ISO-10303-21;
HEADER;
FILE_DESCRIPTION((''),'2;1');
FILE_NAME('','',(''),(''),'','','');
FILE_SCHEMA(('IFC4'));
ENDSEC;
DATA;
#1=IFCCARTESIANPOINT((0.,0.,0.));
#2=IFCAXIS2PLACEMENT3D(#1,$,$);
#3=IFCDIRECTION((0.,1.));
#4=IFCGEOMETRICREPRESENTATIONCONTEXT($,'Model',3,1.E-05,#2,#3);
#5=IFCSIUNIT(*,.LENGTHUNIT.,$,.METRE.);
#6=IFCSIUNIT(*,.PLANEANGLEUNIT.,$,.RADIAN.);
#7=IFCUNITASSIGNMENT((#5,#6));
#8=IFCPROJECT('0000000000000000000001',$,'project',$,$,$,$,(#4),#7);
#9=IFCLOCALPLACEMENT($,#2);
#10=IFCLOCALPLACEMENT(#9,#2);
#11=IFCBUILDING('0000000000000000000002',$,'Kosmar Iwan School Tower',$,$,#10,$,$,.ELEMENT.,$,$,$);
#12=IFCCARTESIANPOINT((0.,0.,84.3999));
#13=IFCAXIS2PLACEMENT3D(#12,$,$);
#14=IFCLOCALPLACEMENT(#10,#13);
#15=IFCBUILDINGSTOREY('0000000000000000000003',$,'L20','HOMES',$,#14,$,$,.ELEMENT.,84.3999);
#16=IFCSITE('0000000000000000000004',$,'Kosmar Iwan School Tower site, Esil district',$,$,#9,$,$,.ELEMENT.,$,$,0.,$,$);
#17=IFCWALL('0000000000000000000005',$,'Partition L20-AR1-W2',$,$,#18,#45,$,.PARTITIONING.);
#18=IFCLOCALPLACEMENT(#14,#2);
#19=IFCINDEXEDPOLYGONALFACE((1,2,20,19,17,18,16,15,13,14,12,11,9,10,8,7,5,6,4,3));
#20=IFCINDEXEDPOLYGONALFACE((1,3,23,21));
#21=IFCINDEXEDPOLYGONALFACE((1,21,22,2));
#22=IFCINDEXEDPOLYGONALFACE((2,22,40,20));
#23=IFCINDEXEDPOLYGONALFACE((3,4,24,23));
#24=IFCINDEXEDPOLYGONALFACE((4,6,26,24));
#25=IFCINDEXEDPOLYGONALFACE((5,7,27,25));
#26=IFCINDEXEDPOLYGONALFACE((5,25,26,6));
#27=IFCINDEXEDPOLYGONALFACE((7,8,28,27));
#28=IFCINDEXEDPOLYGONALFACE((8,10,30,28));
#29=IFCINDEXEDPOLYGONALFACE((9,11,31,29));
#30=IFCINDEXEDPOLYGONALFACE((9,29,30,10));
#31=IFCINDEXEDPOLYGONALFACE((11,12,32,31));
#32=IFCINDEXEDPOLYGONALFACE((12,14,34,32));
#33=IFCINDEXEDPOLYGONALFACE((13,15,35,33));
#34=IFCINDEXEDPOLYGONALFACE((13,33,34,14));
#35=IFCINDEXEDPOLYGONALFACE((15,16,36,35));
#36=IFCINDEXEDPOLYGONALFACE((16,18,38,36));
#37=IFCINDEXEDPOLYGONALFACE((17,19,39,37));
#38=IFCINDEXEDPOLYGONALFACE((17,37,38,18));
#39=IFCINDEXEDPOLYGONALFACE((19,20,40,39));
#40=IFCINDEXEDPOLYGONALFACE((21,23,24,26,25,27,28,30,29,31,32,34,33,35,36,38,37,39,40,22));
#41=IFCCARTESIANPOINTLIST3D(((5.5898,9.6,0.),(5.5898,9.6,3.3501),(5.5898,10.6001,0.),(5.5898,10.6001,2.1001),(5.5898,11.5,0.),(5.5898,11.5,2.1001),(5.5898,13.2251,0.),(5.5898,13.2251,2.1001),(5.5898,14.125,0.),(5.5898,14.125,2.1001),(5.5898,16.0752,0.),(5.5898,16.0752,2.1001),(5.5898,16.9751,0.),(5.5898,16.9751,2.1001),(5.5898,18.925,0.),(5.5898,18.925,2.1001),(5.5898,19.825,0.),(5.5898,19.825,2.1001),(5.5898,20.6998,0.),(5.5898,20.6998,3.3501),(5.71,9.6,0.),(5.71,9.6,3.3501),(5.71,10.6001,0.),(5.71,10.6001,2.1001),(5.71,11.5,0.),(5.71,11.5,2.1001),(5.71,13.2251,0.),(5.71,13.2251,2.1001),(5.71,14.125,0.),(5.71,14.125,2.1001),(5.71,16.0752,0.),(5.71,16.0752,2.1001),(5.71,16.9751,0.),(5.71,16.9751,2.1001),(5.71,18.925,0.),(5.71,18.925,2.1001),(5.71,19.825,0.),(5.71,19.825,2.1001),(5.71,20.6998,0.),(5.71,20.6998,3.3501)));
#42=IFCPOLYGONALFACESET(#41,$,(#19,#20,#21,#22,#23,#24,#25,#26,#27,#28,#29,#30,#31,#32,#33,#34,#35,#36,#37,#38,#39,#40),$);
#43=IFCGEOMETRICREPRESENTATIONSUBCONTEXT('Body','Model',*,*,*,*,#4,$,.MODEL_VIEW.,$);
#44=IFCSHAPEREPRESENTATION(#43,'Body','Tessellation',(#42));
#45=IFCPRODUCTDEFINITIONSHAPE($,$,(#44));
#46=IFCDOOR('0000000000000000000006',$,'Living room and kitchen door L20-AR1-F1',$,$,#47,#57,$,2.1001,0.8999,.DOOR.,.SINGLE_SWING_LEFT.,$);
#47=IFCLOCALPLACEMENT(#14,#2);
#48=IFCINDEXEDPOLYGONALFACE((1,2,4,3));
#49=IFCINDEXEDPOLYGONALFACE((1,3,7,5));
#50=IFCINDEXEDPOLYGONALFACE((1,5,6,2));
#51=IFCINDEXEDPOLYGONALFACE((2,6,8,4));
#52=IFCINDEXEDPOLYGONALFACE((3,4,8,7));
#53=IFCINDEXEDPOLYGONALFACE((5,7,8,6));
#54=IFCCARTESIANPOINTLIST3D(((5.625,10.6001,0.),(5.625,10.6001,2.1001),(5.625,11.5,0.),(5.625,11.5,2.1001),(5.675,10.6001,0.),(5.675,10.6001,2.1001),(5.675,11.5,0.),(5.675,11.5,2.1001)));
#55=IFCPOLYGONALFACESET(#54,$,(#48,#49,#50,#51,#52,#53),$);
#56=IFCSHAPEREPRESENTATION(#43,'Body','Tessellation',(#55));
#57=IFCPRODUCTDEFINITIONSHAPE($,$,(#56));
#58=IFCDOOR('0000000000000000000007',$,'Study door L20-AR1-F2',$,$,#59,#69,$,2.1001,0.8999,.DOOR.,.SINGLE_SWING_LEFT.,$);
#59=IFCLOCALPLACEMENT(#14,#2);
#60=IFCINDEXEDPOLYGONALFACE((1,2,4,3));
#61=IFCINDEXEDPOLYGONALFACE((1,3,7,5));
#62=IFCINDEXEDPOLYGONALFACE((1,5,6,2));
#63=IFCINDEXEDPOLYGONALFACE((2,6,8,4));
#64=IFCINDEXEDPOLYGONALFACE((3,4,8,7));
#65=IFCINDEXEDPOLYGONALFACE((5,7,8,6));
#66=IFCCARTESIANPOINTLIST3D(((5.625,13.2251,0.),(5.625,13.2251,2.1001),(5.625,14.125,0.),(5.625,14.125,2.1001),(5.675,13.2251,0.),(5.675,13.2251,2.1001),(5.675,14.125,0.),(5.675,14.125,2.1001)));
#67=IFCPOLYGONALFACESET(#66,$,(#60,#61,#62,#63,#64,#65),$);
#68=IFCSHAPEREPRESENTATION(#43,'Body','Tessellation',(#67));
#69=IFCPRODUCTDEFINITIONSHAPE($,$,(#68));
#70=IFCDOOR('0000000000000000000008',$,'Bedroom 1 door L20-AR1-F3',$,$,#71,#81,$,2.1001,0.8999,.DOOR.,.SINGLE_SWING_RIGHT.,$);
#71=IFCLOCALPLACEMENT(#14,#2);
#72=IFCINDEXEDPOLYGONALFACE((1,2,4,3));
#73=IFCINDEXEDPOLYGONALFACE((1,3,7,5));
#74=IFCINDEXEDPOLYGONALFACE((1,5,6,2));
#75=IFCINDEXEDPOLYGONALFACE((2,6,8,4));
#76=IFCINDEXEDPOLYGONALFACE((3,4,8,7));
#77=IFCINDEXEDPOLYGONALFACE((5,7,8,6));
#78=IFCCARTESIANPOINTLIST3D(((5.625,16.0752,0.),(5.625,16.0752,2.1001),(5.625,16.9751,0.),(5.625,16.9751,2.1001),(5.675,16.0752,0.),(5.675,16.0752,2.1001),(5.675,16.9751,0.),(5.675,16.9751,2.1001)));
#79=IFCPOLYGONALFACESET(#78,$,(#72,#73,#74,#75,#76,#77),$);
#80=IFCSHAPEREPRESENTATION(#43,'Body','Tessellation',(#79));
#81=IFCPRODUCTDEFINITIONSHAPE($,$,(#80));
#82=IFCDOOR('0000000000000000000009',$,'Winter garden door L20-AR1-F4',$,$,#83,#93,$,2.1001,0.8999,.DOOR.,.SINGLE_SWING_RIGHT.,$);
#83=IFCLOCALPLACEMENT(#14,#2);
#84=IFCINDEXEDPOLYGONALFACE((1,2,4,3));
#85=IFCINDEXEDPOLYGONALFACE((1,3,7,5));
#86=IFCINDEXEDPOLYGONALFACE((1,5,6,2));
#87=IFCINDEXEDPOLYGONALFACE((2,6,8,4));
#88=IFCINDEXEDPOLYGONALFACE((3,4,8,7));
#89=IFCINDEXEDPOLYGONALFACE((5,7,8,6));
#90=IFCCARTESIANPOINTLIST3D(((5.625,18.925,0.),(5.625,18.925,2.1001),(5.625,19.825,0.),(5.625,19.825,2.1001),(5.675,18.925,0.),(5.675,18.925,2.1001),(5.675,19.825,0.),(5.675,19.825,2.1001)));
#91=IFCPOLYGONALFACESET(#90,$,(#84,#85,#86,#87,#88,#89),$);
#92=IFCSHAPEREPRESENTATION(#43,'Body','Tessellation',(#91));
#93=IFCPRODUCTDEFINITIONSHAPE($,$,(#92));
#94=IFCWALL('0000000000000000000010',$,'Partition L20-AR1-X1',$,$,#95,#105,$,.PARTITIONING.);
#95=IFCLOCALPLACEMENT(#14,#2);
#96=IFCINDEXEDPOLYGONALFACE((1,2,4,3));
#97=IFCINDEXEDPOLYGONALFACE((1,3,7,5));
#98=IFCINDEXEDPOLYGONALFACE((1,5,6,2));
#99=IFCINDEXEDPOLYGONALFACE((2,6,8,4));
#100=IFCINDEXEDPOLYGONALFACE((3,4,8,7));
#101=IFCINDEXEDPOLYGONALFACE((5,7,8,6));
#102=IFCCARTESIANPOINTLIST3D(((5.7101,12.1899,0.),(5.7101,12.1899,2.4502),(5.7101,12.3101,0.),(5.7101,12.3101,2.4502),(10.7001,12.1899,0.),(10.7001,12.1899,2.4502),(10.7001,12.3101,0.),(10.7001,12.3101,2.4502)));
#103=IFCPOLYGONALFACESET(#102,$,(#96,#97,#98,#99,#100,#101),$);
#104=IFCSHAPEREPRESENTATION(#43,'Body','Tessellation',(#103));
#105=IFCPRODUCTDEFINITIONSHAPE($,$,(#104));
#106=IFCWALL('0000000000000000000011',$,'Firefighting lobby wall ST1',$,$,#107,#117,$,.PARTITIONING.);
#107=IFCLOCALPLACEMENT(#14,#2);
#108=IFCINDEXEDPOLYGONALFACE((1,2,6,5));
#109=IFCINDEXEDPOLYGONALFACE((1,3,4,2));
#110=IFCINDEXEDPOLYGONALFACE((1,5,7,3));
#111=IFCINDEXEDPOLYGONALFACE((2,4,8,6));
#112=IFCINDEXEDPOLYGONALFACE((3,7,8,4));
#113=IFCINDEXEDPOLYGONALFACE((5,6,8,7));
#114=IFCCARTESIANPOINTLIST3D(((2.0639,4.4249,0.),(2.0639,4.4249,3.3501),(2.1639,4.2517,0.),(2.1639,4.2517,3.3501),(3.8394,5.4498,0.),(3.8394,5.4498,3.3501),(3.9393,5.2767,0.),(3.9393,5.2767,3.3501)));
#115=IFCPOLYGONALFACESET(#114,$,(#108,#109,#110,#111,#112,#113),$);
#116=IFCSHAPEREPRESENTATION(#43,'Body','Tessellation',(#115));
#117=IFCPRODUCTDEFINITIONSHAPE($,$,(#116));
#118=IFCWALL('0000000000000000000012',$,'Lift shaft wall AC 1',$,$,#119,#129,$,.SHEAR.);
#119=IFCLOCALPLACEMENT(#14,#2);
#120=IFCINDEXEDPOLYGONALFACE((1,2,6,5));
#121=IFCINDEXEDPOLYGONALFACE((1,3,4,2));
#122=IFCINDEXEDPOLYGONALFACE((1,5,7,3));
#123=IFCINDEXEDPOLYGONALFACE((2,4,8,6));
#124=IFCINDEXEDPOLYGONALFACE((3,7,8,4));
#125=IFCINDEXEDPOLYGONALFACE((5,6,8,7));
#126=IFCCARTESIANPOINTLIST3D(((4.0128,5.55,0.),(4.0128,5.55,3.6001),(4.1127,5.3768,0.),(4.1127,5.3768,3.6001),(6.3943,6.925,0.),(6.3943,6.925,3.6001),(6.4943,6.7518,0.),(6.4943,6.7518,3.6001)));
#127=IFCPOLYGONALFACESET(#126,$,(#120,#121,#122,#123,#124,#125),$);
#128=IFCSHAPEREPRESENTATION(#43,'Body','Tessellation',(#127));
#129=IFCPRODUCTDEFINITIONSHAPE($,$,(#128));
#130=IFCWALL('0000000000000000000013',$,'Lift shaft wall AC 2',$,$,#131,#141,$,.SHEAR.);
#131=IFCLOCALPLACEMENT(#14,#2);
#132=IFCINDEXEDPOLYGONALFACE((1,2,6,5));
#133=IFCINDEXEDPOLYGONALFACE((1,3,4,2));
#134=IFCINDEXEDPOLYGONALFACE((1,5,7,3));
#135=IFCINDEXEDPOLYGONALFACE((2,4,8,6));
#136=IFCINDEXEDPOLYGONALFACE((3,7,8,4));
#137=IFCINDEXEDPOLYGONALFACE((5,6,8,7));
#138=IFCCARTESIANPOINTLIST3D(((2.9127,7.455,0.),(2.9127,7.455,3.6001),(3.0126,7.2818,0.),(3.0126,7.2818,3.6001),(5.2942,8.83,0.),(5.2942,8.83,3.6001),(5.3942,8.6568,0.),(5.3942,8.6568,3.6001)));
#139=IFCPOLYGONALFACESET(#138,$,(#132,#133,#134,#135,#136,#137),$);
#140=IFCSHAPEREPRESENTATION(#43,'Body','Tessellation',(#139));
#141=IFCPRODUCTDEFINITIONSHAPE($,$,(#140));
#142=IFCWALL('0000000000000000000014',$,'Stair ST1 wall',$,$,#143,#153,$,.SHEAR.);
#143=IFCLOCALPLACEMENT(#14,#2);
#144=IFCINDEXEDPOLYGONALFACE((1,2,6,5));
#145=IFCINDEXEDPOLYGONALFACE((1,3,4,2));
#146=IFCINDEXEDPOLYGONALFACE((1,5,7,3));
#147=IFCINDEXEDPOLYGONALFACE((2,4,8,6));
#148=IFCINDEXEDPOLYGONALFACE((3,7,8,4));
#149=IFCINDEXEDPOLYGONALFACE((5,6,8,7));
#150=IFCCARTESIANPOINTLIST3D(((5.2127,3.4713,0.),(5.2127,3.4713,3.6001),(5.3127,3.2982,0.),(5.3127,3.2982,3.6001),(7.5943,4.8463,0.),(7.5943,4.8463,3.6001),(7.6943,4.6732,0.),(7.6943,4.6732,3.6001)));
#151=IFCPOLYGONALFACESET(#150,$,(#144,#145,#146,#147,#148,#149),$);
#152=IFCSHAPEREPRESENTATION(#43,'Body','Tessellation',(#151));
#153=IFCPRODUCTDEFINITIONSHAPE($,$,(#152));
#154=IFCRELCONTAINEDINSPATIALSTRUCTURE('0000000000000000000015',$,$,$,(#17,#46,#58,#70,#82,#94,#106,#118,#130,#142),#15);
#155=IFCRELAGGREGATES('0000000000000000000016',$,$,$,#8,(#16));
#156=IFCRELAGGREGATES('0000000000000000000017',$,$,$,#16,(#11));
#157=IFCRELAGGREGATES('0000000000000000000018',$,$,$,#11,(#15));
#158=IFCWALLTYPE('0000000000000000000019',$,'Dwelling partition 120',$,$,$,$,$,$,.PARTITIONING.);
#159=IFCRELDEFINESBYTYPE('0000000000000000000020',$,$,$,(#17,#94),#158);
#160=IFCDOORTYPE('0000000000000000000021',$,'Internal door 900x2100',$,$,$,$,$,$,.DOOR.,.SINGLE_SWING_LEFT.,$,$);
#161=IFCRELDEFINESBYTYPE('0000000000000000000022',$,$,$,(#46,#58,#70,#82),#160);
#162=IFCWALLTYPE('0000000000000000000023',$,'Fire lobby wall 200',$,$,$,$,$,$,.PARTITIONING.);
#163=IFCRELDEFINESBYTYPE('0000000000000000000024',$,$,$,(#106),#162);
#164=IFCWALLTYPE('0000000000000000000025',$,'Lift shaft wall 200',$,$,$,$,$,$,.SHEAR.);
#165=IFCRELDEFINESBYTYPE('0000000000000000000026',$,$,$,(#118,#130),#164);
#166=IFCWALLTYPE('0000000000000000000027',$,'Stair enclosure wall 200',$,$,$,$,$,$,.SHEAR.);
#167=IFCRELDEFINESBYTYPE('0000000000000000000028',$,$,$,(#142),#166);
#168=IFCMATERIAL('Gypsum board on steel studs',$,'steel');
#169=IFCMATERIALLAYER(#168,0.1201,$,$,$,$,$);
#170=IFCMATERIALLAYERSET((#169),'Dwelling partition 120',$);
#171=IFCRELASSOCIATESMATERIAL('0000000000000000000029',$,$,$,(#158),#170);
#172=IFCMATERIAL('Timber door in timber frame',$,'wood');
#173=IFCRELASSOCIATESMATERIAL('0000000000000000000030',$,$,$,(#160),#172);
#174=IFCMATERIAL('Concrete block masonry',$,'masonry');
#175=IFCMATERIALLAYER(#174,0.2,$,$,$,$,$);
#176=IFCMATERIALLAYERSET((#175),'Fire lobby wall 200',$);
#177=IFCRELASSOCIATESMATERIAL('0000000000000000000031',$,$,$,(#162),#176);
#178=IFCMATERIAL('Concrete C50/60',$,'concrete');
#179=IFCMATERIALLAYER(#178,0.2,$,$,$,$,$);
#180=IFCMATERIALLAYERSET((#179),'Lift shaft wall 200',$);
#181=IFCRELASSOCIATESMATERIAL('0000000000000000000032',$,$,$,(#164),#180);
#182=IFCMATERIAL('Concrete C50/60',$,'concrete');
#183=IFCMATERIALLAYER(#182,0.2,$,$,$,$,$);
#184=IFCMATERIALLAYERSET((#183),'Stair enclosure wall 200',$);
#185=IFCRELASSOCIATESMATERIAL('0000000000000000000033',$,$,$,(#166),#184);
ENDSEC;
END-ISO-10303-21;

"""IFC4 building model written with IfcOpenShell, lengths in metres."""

from ifc_helpers import new_model, si_unit, direction, frame, frame_2d, origin, place, context, subcontext, project, spatial, rectangle, extrude, material, layer, layer_set, type_object, element, fill, save


model = new_model("IFC4")

# Units and contexts
model_context = context("Model", 3, precision=1e-05, world=origin(), true_north=direction((0.0, 1.0)))
body_context = subcontext(model_context, "Body", "Model", "MODEL_VIEW")
ifc_project = project(units=[si_unit("LENGTHUNIT", "METRE"), si_unit("PLANEANGLEUNIT", "RADIAN")], contexts=[model_context])

# Site, building, storey
site_placement = place(None, origin())
site = spatial("IfcSite", under=ifc_project, at=site_placement, Name="Kosmar Iwan School Tower site, Esil district", CompositionType="ELEMENT", RefElevation=0.0)
building_placement = place(site_placement, origin())
building = spatial("IfcBuilding", under=site, at=building_placement, Name="Kosmar Iwan School Tower", CompositionType="ELEMENT")
storey_placement = place(building_placement, frame((0.0, 0.0, 84.3999)))
storey = spatial("IfcBuildingStorey", under=building, at=storey_placement, Name="L20", Description="HOMES", CompositionType="ELEMENT", Elevation=84.3999)

# Wall, openings, doors
ifc_material_1 = material(Name="Gypsum board on steel studs", Category="steel")
ifc_layer_1 = layer(ifc_material_1, 0.1201)
ifc_layer_set_1 = layer_set([ifc_layer_1], Name="Dwelling partition 120")
wall_type_1 = type_object("IfcWallType", Name="Dwelling partition 120", PredefinedType="PARTITIONING", material=ifc_layer_set_1)
ifc_material_2 = material(Name="Timber door in timber frame", Category="wood")
door_type_1 = type_object("IfcDoorType", Name="Internal door 900x2100", OperationType="SINGLE_SWING_LEFT", PredefinedType="DOOR", material=ifc_material_2)
wall_1_placement = place(storey_placement, frame((5.6499, 9.6001, 0.0), z_axis=(0.0, 0.0, 1.0), x_axis=(0.0, 1.0, 0.0)))
wall_1 = element("IfcWall", 1, at=wall_1_placement, inside=storey, type_object=wall_type_1, Name="Partition L20-AR1-W2", PredefinedType="PARTITIONING", context=body_context, shape_type="SweptSolid", body=[
    extrude(rectangle(XDim=11.0999, YDim=0.1201, at=frame_2d((5.5498, 0.0))), origin(), (0.0, 0.0, 1.0), 3.3501),
])
opening_1_placement = place(wall_1_placement, frame((1.0, 0.0, 0.0)))
opening_1 = element("IfcOpeningElement", 2, at=opening_1_placement, cuts=wall_1, PredefinedType="OPENING", context=body_context, shape_type="SweptSolid", body=[
    extrude(rectangle(XDim=0.8999, YDim=2.1001, at=frame_2d((0.45, 1.05))), frame((0.0, 0.072, 0.0), z_axis=(0.0, -1.0, 0.0), x_axis=(1.0, 0.0, 0.0)), (0.0, 0.0, 1.0), 0.144),
])
opening_2_placement = place(wall_1_placement, frame((3.625, 0.0, 0.0)))
opening_2 = element("IfcOpeningElement", 3, at=opening_2_placement, cuts=wall_1, PredefinedType="OPENING", context=body_context, shape_type="SweptSolid", body=[
    extrude(rectangle(XDim=0.8999, YDim=2.1001, at=frame_2d((0.45, 1.05))), frame((0.0, 0.072, 0.0), z_axis=(0.0, -1.0, 0.0), x_axis=(1.0, 0.0, 0.0)), (0.0, 0.0, 1.0), 0.144),
])
opening_3_placement = place(wall_1_placement, frame((6.4751, 0.0, 0.0)))
opening_3 = element("IfcOpeningElement", 4, at=opening_3_placement, cuts=wall_1, PredefinedType="OPENING", context=body_context, shape_type="SweptSolid", body=[
    extrude(rectangle(XDim=0.8999, YDim=2.1001, at=frame_2d((0.45, 1.05))), frame((0.0, 0.072, 0.0), z_axis=(0.0, -1.0, 0.0), x_axis=(1.0, 0.0, 0.0)), (0.0, 0.0, 1.0), 0.144),
])
opening_4_placement = place(wall_1_placement, frame((9.325, 0.0, 0.0)))
opening_4 = element("IfcOpeningElement", 5, at=opening_4_placement, cuts=wall_1, PredefinedType="OPENING", context=body_context, shape_type="SweptSolid", body=[
    extrude(rectangle(XDim=0.8999, YDim=2.1001, at=frame_2d((0.45, 1.05))), frame((0.0, 0.072, 0.0), z_axis=(0.0, -1.0, 0.0), x_axis=(1.0, 0.0, 0.0)), (0.0, 0.0, 1.0), 0.144),
])
door_1_placement = place(opening_1_placement, origin())
door_1 = element("IfcDoor", 6, at=door_1_placement, inside=storey, type_object=door_type_1, Name="Living room and kitchen door L20-AR1-F1", OperationType="SINGLE_SWING_LEFT", OverallHeight=2.1001, OverallWidth=0.8999, PredefinedType="DOOR", context=body_context, shape_type="SweptSolid", body=[
    extrude(rectangle(XDim=0.8999, YDim=2.1001, at=frame_2d((0.45, 1.05))), frame((0.0, 0.0249, 0.0), z_axis=(0.0, -1.0, 0.0), x_axis=(1.0, 0.0, 0.0)), (0.0, 0.0, 1.0), 0.05),
])
fill(opening_1, door_1)
door_2_placement = place(opening_2_placement, origin())
door_2 = element("IfcDoor", 7, at=door_2_placement, inside=storey, type_object=door_type_1, Name="Study door L20-AR1-F2", OperationType="SINGLE_SWING_LEFT", OverallHeight=2.1001, OverallWidth=0.8999, PredefinedType="DOOR", context=body_context, shape_type="SweptSolid", body=[
    extrude(rectangle(XDim=0.8999, YDim=2.1001, at=frame_2d((0.45, 1.05))), frame((0.0, 0.0249, 0.0), z_axis=(0.0, -1.0, 0.0), x_axis=(1.0, 0.0, 0.0)), (0.0, 0.0, 1.0), 0.05),
])
fill(opening_2, door_2)
door_3_placement = place(opening_3_placement, origin())
door_3 = element("IfcDoor", 8, at=door_3_placement, inside=storey, type_object=door_type_1, Name="Bedroom 1 door L20-AR1-F3", OperationType="SINGLE_SWING_RIGHT", OverallHeight=2.1001, OverallWidth=0.8999, PredefinedType="DOOR", context=body_context, shape_type="SweptSolid", body=[
    extrude(rectangle(XDim=0.8999, YDim=2.1001, at=frame_2d((0.45, 1.05))), frame((0.0, 0.0249, 0.0), z_axis=(0.0, -1.0, 0.0), x_axis=(1.0, 0.0, 0.0)), (0.0, 0.0, 1.0), 0.05),
])
fill(opening_3, door_3)
door_4_placement = place(opening_4_placement, origin())
door_4 = element("IfcDoor", 9, at=door_4_placement, inside=storey, type_object=door_type_1, Name="Winter garden door L20-AR1-F4", OperationType="SINGLE_SWING_RIGHT", OverallHeight=2.1001, OverallWidth=0.8999, PredefinedType="DOOR", context=body_context, shape_type="SweptSolid", body=[
    extrude(rectangle(XDim=0.8999, YDim=2.1001, at=frame_2d((0.45, 1.05))), frame((0.0, 0.0249, 0.0), z_axis=(0.0, -1.0, 0.0), x_axis=(1.0, 0.0, 0.0)), (0.0, 0.0, 1.0), 0.05),
])
fill(opening_4, door_4)

# Walls
wall_2_placement = place(storey_placement, frame((5.71, 12.25, 0.0), z_axis=(0.0, 0.0, 1.0), x_axis=(1.0, 0.0, 0.0)))
element("IfcWall", 10, at=wall_2_placement, inside=storey, type_object=wall_type_1, Name="Partition L20-AR1-X1", PredefinedType="PARTITIONING", context=body_context, shape_type="SweptSolid", body=[
    extrude(rectangle(XDim=4.99, YDim=0.1201, at=frame_2d((2.4951, 0.0))), origin(), (0.0, 0.0, 1.0), 2.4502),
])
ifc_material_3 = material(Name="Concrete block masonry", Category="masonry")
ifc_layer_2 = layer(ifc_material_3, 0.2)
ifc_layer_set_2 = layer_set([ifc_layer_2], Name="Fire lobby wall 200")
wall_type_2 = type_object("IfcWallType", Name="Fire lobby wall 200", PredefinedType="PARTITIONING", material=ifc_layer_set_2)
wall_3_placement = place(storey_placement, frame((2.114, 4.3384, 0.0), z_axis=(0.0, 0.0, 1.0), x_axis=(0.866051, 0.499956, 0.0)))
element("IfcWall", 11, at=wall_3_placement, inside=storey, type_object=wall_type_2, Name="Firefighting lobby wall ST1", PredefinedType="PARTITIONING", context=body_context, shape_type="SweptSolid", body=[
    extrude(rectangle(XDim=2.05, YDim=0.2, at=frame_2d((1.0249, 0.0))), origin(), (0.0, 0.0, 1.0), 3.3501),
])
ifc_material_4 = material(Name="Concrete C50/60", Category="concrete")
ifc_layer_3 = layer(ifc_material_4, 0.2)
ifc_layer_set_3 = layer_set([ifc_layer_3], Name="Lift shaft wall 200")
wall_type_3 = type_object("IfcWallType", Name="Lift shaft wall 200", PredefinedType="SHEAR", material=ifc_layer_set_3)
for number, where, z_axis, x_axis, name in (
    (12, (4.0627, 5.4634, 0.0), (0.0, 0.0, 1.0), (0.866027, 0.499997, 0.0), "Lift shaft wall AC 1"),
    (13, (2.9626, 7.3684, 0.0), (0.0, 0.0, 1.0), (0.866027, 0.499997, 0.0), "Lift shaft wall AC 2"),
):
    element("IfcWall", number, at=place(storey_placement, frame(where, z_axis=z_axis, x_axis=x_axis)), inside=storey, type_object=wall_type_3, Name=name, PredefinedType="SHEAR", context=body_context, shape_type="SweptSolid", body=[
        extrude(rectangle(XDim=2.75, YDim=0.2, at=frame_2d((1.375, 0.0))), origin(), (0.0, 0.0, 1.0), 3.6001),
    ])
ifc_material_5 = material(Name="Concrete C50/60", Category="concrete")
ifc_layer_4 = layer(ifc_material_5, 0.2)
ifc_layer_set_4 = layer_set([ifc_layer_4], Name="Stair enclosure wall 200")
wall_type_4 = type_object("IfcWallType", Name="Stair enclosure wall 200", PredefinedType="SHEAR", material=ifc_layer_set_4)
wall_4_placement = place(storey_placement, frame((5.2627, 3.3848, 0.0), z_axis=(0.0, 0.0, 1.0), x_axis=(0.866027, 0.499997, 0.0)))
element("IfcWall", 14, at=wall_4_placement, inside=storey, type_object=wall_type_4, Name="Stair ST1 wall", PredefinedType="SHEAR", context=body_context, shape_type="SweptSolid", body=[
    extrude(rectangle(XDim=2.75, YDim=0.2, at=frame_2d((1.375, 0.0))), origin(), (0.0, 0.0, 1.0), 3.6001),
])

save(model, "model.ifc")
